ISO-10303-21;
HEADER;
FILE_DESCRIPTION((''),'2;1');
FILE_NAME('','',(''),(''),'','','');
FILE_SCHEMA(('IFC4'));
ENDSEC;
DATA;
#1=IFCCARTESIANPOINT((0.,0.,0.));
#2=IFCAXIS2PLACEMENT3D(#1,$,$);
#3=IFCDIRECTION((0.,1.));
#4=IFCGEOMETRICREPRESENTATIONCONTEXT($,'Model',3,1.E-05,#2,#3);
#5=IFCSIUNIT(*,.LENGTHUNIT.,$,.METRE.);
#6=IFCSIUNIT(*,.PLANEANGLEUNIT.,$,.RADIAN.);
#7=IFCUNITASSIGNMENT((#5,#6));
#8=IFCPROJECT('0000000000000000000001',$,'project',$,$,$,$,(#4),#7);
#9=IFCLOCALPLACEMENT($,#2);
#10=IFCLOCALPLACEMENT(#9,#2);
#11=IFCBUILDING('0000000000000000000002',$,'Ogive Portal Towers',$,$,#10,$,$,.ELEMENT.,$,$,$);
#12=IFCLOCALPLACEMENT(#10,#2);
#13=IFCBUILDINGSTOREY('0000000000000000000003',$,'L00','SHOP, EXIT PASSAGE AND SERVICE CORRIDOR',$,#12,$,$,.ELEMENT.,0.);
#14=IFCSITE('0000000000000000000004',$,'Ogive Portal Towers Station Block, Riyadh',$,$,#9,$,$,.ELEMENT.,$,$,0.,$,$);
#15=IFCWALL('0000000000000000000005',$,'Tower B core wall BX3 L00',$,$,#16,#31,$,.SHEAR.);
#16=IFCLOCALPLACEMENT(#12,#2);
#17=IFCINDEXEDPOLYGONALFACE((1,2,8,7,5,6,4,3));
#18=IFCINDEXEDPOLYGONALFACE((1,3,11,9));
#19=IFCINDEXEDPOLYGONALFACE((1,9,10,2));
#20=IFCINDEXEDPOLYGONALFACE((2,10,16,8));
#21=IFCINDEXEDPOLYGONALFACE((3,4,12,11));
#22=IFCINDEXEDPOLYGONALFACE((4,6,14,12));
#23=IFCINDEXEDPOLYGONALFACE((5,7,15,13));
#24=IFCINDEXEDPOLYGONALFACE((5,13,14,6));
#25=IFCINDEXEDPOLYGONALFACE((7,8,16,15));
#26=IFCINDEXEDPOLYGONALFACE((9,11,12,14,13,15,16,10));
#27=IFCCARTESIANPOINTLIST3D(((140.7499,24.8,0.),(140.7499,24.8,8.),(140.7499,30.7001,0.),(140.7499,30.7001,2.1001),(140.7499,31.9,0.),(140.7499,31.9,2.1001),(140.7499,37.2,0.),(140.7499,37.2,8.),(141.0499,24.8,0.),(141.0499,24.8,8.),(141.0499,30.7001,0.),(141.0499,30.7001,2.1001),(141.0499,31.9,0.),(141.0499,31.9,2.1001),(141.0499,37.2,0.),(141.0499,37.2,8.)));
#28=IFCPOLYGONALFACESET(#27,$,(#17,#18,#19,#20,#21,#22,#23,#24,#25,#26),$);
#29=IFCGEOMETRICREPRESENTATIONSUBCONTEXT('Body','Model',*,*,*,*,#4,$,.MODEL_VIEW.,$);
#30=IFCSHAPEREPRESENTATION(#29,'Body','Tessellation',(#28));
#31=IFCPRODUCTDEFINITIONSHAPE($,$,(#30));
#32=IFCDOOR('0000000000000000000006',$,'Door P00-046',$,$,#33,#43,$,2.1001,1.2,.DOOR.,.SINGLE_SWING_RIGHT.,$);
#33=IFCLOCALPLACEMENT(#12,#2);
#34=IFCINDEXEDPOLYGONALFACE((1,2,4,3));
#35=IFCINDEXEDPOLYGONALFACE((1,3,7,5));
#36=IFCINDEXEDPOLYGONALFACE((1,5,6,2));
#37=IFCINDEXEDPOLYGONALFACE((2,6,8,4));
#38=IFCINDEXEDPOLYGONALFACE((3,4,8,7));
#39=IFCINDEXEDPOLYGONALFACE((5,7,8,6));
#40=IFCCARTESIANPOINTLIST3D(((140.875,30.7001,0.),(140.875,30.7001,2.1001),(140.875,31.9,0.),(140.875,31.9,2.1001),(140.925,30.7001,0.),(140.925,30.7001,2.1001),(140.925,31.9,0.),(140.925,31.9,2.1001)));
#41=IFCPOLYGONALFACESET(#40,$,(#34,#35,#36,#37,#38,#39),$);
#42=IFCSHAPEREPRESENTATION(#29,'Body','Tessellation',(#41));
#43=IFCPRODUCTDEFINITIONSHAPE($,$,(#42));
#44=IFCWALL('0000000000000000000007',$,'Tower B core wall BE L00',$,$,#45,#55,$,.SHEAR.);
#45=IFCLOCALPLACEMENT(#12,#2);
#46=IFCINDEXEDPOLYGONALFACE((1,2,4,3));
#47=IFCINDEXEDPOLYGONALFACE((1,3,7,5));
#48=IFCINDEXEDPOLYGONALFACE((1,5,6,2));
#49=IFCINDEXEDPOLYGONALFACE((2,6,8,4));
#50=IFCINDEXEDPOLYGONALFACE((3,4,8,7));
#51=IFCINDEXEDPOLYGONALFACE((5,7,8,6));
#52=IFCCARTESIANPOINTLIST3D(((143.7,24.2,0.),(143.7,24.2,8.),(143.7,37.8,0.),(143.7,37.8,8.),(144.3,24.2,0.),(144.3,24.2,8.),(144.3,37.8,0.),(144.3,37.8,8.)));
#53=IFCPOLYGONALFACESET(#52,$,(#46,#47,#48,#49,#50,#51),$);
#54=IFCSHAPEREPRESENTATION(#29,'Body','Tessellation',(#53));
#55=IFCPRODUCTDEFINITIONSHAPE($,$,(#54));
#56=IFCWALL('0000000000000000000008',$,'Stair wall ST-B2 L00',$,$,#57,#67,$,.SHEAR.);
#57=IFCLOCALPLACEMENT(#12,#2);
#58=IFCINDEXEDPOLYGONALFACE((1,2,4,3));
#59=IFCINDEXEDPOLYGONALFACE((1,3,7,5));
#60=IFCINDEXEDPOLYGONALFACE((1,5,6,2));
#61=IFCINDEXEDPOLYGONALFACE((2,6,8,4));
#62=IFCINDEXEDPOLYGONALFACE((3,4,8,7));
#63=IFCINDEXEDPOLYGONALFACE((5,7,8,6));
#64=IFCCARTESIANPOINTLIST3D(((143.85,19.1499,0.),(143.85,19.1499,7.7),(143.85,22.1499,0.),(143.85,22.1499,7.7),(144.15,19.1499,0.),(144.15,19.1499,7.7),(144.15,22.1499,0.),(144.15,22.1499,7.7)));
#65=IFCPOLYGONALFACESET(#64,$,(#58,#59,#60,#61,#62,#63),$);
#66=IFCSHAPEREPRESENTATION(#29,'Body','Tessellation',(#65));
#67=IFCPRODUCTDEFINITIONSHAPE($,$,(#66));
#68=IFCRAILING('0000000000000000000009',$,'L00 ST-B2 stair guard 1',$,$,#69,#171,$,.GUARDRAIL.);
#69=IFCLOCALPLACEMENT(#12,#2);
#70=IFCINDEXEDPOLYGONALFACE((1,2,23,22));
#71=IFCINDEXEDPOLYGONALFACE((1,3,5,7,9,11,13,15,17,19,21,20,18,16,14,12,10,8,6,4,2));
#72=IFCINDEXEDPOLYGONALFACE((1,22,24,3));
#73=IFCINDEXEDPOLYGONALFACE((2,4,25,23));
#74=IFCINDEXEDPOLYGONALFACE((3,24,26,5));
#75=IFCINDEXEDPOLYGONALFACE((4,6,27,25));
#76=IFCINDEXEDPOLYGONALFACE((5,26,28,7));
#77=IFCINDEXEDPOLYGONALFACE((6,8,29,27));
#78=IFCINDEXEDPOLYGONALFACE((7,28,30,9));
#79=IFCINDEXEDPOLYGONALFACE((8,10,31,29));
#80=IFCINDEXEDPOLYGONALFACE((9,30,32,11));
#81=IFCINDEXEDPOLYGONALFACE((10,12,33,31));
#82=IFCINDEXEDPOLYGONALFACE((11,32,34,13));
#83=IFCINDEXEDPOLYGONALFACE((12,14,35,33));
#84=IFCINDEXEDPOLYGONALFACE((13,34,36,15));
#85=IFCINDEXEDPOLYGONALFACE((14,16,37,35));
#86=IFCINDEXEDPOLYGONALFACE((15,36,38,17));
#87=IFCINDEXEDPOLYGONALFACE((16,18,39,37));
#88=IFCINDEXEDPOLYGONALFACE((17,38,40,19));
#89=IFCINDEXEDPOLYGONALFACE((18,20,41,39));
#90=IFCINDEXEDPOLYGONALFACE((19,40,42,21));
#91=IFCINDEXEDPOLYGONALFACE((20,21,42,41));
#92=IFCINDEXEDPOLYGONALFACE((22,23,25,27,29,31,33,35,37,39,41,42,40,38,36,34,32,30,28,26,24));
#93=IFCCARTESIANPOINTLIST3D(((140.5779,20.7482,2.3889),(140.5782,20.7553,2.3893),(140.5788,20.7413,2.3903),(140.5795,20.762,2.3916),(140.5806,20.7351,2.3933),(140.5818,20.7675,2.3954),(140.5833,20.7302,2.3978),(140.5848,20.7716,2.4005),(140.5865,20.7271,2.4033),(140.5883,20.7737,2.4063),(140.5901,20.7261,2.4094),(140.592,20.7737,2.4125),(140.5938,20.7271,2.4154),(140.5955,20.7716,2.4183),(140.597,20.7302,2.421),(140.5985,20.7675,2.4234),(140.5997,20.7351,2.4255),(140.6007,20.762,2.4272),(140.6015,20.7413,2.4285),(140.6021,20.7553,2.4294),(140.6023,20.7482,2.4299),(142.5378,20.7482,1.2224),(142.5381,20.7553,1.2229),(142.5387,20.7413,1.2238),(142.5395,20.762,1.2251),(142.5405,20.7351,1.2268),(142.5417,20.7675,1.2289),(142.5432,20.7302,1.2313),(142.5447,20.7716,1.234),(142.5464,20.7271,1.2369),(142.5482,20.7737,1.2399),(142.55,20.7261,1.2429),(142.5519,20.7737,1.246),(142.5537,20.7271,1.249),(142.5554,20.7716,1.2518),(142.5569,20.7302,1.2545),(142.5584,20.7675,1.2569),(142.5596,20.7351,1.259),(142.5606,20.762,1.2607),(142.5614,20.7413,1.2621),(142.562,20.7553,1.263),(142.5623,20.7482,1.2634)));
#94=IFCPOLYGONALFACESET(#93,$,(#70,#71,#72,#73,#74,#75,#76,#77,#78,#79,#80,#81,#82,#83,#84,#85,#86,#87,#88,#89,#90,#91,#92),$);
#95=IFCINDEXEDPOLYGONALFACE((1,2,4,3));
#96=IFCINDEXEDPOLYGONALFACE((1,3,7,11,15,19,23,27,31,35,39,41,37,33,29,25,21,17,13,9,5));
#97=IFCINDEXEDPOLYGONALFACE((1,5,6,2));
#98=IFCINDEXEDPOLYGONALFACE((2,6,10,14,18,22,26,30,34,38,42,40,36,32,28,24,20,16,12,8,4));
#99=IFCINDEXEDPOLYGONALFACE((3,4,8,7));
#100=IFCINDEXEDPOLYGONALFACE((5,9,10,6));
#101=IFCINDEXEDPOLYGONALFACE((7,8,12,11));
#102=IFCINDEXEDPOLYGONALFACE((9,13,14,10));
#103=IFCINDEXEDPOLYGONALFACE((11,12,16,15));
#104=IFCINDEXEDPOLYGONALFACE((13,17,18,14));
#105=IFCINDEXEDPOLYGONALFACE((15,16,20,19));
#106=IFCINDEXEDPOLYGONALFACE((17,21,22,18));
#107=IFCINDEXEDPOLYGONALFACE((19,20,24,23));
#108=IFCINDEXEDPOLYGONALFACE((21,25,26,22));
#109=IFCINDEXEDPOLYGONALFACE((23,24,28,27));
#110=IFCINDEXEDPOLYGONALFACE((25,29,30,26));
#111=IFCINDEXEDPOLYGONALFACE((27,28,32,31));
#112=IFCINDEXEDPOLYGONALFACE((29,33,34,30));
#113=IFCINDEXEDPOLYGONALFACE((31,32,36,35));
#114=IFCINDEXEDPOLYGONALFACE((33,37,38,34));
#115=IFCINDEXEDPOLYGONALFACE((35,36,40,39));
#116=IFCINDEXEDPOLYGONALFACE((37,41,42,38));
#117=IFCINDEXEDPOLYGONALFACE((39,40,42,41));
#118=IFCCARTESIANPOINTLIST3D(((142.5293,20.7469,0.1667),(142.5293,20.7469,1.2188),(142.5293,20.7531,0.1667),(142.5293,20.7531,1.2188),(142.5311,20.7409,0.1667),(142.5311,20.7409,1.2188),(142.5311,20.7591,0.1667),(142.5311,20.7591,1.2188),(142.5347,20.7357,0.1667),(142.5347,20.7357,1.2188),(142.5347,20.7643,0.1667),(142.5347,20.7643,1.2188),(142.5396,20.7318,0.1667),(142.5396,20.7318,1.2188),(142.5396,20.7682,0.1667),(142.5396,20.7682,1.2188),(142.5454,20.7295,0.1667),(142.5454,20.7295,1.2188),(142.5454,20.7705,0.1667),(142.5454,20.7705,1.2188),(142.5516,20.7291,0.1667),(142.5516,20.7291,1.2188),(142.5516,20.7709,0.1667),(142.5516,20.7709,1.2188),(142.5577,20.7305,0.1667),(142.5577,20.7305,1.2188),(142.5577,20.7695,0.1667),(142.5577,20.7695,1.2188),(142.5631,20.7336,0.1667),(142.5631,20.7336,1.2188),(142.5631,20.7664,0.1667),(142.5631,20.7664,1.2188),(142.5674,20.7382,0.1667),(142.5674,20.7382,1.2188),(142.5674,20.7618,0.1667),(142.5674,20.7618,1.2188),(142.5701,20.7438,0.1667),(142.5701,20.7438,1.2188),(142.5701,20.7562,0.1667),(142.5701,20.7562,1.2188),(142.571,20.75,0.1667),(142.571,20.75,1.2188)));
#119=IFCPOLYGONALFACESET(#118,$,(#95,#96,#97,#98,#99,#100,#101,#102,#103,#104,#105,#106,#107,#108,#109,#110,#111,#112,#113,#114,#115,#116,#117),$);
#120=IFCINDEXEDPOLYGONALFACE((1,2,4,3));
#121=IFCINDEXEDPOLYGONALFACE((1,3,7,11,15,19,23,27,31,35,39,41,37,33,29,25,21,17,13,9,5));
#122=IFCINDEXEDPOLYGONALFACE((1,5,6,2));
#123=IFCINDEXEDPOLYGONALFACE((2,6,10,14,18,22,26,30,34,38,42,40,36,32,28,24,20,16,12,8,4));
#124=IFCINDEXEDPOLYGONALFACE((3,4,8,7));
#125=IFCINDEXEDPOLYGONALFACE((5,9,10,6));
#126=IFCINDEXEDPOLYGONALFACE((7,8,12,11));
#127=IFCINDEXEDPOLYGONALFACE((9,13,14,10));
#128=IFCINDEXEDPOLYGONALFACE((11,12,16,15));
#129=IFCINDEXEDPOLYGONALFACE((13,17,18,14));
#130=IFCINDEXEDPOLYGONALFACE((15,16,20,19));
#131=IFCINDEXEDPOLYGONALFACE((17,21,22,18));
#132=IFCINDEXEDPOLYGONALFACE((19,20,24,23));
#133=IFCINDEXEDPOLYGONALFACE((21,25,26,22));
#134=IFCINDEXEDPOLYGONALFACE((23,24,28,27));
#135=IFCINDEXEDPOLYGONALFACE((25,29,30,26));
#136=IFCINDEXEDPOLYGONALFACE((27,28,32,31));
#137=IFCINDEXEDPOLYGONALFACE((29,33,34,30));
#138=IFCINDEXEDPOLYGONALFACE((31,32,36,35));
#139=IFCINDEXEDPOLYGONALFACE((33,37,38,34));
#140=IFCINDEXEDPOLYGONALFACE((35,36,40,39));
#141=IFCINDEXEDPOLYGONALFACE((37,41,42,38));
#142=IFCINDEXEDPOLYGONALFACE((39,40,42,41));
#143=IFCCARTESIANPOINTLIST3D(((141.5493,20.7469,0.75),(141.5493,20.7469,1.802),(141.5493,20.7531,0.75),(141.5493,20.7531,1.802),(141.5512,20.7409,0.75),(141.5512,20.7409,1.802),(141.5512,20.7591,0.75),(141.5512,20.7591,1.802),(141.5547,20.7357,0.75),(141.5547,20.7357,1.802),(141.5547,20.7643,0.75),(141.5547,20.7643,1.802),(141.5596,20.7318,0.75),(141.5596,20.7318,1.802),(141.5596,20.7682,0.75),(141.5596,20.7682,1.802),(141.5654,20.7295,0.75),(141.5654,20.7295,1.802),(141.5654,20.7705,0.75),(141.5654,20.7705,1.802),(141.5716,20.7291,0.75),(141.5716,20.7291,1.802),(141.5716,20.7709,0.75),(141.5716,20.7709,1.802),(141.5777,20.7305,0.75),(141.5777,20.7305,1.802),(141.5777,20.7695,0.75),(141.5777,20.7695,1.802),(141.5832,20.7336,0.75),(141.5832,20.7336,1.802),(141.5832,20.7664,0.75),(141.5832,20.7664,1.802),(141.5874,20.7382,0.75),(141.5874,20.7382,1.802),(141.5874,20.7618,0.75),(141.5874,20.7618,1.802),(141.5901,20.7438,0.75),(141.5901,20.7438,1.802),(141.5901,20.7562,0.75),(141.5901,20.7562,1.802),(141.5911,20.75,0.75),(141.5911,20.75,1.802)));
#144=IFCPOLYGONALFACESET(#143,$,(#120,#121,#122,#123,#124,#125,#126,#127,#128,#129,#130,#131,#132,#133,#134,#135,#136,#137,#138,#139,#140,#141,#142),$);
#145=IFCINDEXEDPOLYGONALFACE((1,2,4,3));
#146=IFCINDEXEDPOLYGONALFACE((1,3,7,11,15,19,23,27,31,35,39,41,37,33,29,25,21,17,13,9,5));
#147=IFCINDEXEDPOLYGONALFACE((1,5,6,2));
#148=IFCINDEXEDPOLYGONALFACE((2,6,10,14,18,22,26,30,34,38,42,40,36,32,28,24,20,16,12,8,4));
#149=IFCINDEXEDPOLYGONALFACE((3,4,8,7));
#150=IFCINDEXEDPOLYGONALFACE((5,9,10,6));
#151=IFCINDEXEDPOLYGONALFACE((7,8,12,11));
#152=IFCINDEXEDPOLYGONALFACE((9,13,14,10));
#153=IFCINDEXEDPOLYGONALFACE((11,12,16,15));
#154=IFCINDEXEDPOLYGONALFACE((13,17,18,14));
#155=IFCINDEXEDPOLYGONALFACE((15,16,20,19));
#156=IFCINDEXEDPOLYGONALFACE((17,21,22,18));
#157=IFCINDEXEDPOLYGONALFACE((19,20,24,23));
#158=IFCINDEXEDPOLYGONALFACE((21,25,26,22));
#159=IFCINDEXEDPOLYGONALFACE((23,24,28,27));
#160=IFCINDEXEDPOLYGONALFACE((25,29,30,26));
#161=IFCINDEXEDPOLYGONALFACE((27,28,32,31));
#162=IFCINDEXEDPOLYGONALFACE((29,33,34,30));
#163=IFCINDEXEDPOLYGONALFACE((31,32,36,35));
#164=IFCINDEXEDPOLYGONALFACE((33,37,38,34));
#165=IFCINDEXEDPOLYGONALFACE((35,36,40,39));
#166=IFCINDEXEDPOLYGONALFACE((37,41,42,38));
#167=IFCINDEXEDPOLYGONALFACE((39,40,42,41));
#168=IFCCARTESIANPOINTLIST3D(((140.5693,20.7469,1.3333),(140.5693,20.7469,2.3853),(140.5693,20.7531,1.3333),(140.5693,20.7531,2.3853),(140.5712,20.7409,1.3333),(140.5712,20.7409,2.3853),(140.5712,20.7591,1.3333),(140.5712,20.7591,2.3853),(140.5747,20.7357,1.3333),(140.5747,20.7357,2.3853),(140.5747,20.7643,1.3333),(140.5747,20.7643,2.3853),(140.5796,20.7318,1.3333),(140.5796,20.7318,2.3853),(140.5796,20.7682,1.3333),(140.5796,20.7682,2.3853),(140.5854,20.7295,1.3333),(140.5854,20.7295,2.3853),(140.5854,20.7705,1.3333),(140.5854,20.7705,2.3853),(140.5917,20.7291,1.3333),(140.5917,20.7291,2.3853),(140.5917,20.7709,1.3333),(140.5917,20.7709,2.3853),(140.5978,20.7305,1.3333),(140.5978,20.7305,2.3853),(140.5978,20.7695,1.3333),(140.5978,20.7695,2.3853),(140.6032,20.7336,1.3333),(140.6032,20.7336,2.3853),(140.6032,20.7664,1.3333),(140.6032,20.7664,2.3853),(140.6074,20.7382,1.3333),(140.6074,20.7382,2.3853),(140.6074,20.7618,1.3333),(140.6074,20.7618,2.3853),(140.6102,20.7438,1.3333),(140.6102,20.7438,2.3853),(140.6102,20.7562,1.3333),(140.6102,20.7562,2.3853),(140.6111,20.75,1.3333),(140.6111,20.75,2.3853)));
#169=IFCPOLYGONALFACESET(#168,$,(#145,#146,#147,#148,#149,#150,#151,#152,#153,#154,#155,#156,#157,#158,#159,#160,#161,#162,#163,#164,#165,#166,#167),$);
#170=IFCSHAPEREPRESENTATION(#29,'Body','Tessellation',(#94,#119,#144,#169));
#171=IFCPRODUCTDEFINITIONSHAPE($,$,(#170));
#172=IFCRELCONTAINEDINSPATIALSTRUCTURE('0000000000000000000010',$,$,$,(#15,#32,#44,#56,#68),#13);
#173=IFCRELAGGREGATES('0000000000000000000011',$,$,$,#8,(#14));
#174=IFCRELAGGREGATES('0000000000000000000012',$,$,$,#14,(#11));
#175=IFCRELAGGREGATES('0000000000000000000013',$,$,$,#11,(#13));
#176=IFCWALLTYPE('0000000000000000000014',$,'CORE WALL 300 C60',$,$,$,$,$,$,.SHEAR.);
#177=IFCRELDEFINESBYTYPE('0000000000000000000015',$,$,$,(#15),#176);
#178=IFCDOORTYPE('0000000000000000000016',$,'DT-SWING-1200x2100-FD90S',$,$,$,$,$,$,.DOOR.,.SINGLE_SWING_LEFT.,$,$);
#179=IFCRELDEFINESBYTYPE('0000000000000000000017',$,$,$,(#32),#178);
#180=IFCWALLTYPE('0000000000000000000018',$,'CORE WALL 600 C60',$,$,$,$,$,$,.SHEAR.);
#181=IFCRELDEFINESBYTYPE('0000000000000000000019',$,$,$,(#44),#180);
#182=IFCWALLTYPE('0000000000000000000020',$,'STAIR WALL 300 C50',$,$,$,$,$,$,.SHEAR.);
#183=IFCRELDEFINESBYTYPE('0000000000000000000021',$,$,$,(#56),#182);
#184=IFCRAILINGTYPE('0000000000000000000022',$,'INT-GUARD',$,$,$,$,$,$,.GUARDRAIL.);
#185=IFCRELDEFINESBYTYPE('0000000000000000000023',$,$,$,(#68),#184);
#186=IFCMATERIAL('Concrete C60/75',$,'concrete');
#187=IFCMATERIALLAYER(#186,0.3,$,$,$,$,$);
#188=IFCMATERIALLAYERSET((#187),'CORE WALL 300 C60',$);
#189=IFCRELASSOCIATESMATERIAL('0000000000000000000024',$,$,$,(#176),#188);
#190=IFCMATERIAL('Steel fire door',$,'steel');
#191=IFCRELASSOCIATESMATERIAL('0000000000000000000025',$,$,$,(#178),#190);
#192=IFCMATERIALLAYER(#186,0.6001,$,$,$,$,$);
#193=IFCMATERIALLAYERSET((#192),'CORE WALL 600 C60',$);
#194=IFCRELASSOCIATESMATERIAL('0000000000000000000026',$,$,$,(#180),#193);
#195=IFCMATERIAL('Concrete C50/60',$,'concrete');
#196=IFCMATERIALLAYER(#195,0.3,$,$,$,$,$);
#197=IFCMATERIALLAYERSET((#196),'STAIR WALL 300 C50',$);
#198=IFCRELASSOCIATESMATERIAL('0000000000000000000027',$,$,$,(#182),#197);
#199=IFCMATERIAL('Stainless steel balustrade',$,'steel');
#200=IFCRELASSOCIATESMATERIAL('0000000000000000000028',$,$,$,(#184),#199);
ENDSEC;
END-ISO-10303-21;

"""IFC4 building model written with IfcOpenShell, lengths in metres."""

from ifc_helpers import new_model, si_unit, direction, frame, frame_2d, origin, origin_2d, place, context, subcontext, project, spatial, rectangle, circle, extrude, material, layer, layer_set, type_object, element, fill, save


model = new_model("IFC4")

# Units and contexts
model_context = context("Model", 3, precision=1e-05, world=origin(), true_north=direction((0.0, 1.0)))
body_context = subcontext(model_context, "Body", "Model", "MODEL_VIEW")
ifc_project = project(units=[si_unit("LENGTHUNIT", "METRE"), si_unit("PLANEANGLEUNIT", "RADIAN")], contexts=[model_context])

# Site, building, storey
site_placement = place(None, origin())
site = spatial("IfcSite", under=ifc_project, at=site_placement, Name="Ogive Portal Towers Station Block, Riyadh", CompositionType="ELEMENT", RefElevation=0.0)
building_placement = place(site_placement, origin())
building = spatial("IfcBuilding", under=site, at=building_placement, Name="Ogive Portal Towers", CompositionType="ELEMENT")
storey_placement = place(building_placement, origin())
storey = spatial("IfcBuildingStorey", under=building, at=storey_placement, Name="L00", Description="SHOP, EXIT PASSAGE AND SERVICE CORRIDOR", CompositionType="ELEMENT", Elevation=0.0)

# Shared definitions
ifc_material_1 = material(Name="Concrete C50/60", Category="concrete")

# Wall, opening, door
ifc_material_2 = material(Name="Concrete C60/75", Category="concrete")
ifc_layer_1 = layer(ifc_material_2, 0.3)
ifc_layer_set_1 = layer_set([ifc_layer_1], Name="CORE WALL 300 C60")
wall_type_1 = type_object("IfcWallType", Name="CORE WALL 300 C60", PredefinedType="SHEAR", material=ifc_layer_set_1)
wall_1_placement = place(storey_placement, frame((140.8999, 24.8, 0.0), z_axis=(0.0, 0.0, 1.0), x_axis=(0.0, 1.0, 0.0)))
wall_1 = element("IfcWall", 1, at=wall_1_placement, inside=storey, type_object=wall_type_1, Name="Tower B core wall BX3 L00", PredefinedType="SHEAR", context=body_context, shape_type="SweptSolid", body=[
    extrude(rectangle(XDim=12.3999, YDim=0.3, at=frame_2d((6.2, 0.0))), origin(), (0.0, 0.0, 1.0), 8.0),
])
opening_1_placement = place(wall_1_placement, frame((5.8999, 0.0, 0.0)))
opening_1 = element("IfcOpeningElement", 2, at=opening_1_placement, cuts=wall_1, PredefinedType="OPENING", context=body_context, shape_type="SweptSolid", body=[
    extrude(rectangle(XDim=1.2, YDim=2.1001, at=frame_2d((0.6001, 1.05))), frame((0.0, 0.1602, 0.0), z_axis=(0.0, -1.0, 0.0), x_axis=(1.0, 0.0, 0.0)), (0.0, 0.0, 1.0), 0.3201),
])
ifc_material_3 = material(Name="Steel fire door", Category="steel")
door_type_1 = type_object("IfcDoorType", Name="DT-SWING-1200x2100-FD90S", OperationType="SINGLE_SWING_LEFT", PredefinedType="DOOR", material=ifc_material_3)
door_1_placement = place(opening_1_placement, origin())
door_1 = element("IfcDoor", 3, at=door_1_placement, inside=storey, type_object=door_type_1, Name="Door P00-046", OperationType="SINGLE_SWING_RIGHT", OverallHeight=2.1001, OverallWidth=1.2, PredefinedType="DOOR", context=body_context, shape_type="SweptSolid", body=[
    extrude(rectangle(XDim=1.2, YDim=2.1001, at=frame_2d((0.6001, 1.05))), frame((0.0, 0.0249, 0.0), z_axis=(0.0, -1.0, 0.0), x_axis=(1.0, 0.0, 0.0)), (0.0, 0.0, 1.0), 0.05),
])
fill(opening_1, door_1)

# Walls
ifc_layer_2 = layer(ifc_material_2, 0.6001)
ifc_layer_set_2 = layer_set([ifc_layer_2], Name="CORE WALL 600 C60")
wall_type_2 = type_object("IfcWallType", Name="CORE WALL 600 C60", PredefinedType="SHEAR", material=ifc_layer_set_2)
wall_2_placement = place(storey_placement, frame((144.0, 24.2, 0.0), z_axis=(0.0, 0.0, 1.0), x_axis=(0.0, 1.0, 0.0)))
element("IfcWall", 4, at=wall_2_placement, inside=storey, type_object=wall_type_2, Name="Tower B core wall BE L00", PredefinedType="SHEAR", context=body_context, shape_type="SweptSolid", body=[
    extrude(rectangle(XDim=13.6001, YDim=0.6001, at=frame_2d((6.8, 0.0))), origin(), (0.0, 0.0, 1.0), 8.0),
])
ifc_layer_3 = layer(ifc_material_1, 0.3)
ifc_layer_set_3 = layer_set([ifc_layer_3], Name="STAIR WALL 300 C50")
wall_type_3 = type_object("IfcWallType", Name="STAIR WALL 300 C50", PredefinedType="SHEAR", material=ifc_layer_set_3)
wall_3_placement = place(storey_placement, frame((144.0, 19.1499, 0.0), z_axis=(0.0, 0.0, 1.0), x_axis=(0.0, 1.0, 0.0)))
element("IfcWall", 5, at=wall_3_placement, inside=storey, type_object=wall_type_3, Name="Stair wall ST-B2 L00", PredefinedType="SHEAR", context=body_context, shape_type="SweptSolid", body=[
    extrude(rectangle(XDim=3.0, YDim=0.3, at=frame_2d((1.5, 0.0))), origin(), (0.0, 0.0, 1.0), 7.7),
])

# Railing
ifc_material_4 = material(Name="Stainless steel balustrade", Category="steel")
railing_type_1 = type_object("IfcRailingType", Name="INT-GUARD", PredefinedType="GUARDRAIL", material=ifc_material_4)
railing_1_placement = place(storey_placement, frame((142.55, 20.75, 0.1667)))
element("IfcRailing", 6, at=railing_1_placement, inside=storey, type_object=railing_type_1, Name="L00 ST-B2 stair guard 1", PredefinedType="GUARDRAIL", context=body_context, shape_type="SweptSolid", body=[
    extrude(circle(Radius=0.0239, at=origin_2d()), frame((0.0, 0.0, 1.0762), z_axis=(-0.85932, 0.0, 0.511439), x_axis=(0.0, -1.0, 0.0)), (0.0, 0.0, 1.0), 2.2808),
    extrude(circle(Radius=0.021, at=origin_2d()), origin(), (0.0, 0.0, 1.0), 1.052),
    extrude(circle(Radius=0.021, at=origin_2d()), frame((-0.98, 0.0, 0.5833)), (0.0, 0.0, 1.0), 1.052),
    extrude(circle(Radius=0.021, at=origin_2d()), frame((-1.96, 0.0, 1.1665)), (0.0, 0.0, 1.0), 1.052),
])

save(model, "model.ifc")
